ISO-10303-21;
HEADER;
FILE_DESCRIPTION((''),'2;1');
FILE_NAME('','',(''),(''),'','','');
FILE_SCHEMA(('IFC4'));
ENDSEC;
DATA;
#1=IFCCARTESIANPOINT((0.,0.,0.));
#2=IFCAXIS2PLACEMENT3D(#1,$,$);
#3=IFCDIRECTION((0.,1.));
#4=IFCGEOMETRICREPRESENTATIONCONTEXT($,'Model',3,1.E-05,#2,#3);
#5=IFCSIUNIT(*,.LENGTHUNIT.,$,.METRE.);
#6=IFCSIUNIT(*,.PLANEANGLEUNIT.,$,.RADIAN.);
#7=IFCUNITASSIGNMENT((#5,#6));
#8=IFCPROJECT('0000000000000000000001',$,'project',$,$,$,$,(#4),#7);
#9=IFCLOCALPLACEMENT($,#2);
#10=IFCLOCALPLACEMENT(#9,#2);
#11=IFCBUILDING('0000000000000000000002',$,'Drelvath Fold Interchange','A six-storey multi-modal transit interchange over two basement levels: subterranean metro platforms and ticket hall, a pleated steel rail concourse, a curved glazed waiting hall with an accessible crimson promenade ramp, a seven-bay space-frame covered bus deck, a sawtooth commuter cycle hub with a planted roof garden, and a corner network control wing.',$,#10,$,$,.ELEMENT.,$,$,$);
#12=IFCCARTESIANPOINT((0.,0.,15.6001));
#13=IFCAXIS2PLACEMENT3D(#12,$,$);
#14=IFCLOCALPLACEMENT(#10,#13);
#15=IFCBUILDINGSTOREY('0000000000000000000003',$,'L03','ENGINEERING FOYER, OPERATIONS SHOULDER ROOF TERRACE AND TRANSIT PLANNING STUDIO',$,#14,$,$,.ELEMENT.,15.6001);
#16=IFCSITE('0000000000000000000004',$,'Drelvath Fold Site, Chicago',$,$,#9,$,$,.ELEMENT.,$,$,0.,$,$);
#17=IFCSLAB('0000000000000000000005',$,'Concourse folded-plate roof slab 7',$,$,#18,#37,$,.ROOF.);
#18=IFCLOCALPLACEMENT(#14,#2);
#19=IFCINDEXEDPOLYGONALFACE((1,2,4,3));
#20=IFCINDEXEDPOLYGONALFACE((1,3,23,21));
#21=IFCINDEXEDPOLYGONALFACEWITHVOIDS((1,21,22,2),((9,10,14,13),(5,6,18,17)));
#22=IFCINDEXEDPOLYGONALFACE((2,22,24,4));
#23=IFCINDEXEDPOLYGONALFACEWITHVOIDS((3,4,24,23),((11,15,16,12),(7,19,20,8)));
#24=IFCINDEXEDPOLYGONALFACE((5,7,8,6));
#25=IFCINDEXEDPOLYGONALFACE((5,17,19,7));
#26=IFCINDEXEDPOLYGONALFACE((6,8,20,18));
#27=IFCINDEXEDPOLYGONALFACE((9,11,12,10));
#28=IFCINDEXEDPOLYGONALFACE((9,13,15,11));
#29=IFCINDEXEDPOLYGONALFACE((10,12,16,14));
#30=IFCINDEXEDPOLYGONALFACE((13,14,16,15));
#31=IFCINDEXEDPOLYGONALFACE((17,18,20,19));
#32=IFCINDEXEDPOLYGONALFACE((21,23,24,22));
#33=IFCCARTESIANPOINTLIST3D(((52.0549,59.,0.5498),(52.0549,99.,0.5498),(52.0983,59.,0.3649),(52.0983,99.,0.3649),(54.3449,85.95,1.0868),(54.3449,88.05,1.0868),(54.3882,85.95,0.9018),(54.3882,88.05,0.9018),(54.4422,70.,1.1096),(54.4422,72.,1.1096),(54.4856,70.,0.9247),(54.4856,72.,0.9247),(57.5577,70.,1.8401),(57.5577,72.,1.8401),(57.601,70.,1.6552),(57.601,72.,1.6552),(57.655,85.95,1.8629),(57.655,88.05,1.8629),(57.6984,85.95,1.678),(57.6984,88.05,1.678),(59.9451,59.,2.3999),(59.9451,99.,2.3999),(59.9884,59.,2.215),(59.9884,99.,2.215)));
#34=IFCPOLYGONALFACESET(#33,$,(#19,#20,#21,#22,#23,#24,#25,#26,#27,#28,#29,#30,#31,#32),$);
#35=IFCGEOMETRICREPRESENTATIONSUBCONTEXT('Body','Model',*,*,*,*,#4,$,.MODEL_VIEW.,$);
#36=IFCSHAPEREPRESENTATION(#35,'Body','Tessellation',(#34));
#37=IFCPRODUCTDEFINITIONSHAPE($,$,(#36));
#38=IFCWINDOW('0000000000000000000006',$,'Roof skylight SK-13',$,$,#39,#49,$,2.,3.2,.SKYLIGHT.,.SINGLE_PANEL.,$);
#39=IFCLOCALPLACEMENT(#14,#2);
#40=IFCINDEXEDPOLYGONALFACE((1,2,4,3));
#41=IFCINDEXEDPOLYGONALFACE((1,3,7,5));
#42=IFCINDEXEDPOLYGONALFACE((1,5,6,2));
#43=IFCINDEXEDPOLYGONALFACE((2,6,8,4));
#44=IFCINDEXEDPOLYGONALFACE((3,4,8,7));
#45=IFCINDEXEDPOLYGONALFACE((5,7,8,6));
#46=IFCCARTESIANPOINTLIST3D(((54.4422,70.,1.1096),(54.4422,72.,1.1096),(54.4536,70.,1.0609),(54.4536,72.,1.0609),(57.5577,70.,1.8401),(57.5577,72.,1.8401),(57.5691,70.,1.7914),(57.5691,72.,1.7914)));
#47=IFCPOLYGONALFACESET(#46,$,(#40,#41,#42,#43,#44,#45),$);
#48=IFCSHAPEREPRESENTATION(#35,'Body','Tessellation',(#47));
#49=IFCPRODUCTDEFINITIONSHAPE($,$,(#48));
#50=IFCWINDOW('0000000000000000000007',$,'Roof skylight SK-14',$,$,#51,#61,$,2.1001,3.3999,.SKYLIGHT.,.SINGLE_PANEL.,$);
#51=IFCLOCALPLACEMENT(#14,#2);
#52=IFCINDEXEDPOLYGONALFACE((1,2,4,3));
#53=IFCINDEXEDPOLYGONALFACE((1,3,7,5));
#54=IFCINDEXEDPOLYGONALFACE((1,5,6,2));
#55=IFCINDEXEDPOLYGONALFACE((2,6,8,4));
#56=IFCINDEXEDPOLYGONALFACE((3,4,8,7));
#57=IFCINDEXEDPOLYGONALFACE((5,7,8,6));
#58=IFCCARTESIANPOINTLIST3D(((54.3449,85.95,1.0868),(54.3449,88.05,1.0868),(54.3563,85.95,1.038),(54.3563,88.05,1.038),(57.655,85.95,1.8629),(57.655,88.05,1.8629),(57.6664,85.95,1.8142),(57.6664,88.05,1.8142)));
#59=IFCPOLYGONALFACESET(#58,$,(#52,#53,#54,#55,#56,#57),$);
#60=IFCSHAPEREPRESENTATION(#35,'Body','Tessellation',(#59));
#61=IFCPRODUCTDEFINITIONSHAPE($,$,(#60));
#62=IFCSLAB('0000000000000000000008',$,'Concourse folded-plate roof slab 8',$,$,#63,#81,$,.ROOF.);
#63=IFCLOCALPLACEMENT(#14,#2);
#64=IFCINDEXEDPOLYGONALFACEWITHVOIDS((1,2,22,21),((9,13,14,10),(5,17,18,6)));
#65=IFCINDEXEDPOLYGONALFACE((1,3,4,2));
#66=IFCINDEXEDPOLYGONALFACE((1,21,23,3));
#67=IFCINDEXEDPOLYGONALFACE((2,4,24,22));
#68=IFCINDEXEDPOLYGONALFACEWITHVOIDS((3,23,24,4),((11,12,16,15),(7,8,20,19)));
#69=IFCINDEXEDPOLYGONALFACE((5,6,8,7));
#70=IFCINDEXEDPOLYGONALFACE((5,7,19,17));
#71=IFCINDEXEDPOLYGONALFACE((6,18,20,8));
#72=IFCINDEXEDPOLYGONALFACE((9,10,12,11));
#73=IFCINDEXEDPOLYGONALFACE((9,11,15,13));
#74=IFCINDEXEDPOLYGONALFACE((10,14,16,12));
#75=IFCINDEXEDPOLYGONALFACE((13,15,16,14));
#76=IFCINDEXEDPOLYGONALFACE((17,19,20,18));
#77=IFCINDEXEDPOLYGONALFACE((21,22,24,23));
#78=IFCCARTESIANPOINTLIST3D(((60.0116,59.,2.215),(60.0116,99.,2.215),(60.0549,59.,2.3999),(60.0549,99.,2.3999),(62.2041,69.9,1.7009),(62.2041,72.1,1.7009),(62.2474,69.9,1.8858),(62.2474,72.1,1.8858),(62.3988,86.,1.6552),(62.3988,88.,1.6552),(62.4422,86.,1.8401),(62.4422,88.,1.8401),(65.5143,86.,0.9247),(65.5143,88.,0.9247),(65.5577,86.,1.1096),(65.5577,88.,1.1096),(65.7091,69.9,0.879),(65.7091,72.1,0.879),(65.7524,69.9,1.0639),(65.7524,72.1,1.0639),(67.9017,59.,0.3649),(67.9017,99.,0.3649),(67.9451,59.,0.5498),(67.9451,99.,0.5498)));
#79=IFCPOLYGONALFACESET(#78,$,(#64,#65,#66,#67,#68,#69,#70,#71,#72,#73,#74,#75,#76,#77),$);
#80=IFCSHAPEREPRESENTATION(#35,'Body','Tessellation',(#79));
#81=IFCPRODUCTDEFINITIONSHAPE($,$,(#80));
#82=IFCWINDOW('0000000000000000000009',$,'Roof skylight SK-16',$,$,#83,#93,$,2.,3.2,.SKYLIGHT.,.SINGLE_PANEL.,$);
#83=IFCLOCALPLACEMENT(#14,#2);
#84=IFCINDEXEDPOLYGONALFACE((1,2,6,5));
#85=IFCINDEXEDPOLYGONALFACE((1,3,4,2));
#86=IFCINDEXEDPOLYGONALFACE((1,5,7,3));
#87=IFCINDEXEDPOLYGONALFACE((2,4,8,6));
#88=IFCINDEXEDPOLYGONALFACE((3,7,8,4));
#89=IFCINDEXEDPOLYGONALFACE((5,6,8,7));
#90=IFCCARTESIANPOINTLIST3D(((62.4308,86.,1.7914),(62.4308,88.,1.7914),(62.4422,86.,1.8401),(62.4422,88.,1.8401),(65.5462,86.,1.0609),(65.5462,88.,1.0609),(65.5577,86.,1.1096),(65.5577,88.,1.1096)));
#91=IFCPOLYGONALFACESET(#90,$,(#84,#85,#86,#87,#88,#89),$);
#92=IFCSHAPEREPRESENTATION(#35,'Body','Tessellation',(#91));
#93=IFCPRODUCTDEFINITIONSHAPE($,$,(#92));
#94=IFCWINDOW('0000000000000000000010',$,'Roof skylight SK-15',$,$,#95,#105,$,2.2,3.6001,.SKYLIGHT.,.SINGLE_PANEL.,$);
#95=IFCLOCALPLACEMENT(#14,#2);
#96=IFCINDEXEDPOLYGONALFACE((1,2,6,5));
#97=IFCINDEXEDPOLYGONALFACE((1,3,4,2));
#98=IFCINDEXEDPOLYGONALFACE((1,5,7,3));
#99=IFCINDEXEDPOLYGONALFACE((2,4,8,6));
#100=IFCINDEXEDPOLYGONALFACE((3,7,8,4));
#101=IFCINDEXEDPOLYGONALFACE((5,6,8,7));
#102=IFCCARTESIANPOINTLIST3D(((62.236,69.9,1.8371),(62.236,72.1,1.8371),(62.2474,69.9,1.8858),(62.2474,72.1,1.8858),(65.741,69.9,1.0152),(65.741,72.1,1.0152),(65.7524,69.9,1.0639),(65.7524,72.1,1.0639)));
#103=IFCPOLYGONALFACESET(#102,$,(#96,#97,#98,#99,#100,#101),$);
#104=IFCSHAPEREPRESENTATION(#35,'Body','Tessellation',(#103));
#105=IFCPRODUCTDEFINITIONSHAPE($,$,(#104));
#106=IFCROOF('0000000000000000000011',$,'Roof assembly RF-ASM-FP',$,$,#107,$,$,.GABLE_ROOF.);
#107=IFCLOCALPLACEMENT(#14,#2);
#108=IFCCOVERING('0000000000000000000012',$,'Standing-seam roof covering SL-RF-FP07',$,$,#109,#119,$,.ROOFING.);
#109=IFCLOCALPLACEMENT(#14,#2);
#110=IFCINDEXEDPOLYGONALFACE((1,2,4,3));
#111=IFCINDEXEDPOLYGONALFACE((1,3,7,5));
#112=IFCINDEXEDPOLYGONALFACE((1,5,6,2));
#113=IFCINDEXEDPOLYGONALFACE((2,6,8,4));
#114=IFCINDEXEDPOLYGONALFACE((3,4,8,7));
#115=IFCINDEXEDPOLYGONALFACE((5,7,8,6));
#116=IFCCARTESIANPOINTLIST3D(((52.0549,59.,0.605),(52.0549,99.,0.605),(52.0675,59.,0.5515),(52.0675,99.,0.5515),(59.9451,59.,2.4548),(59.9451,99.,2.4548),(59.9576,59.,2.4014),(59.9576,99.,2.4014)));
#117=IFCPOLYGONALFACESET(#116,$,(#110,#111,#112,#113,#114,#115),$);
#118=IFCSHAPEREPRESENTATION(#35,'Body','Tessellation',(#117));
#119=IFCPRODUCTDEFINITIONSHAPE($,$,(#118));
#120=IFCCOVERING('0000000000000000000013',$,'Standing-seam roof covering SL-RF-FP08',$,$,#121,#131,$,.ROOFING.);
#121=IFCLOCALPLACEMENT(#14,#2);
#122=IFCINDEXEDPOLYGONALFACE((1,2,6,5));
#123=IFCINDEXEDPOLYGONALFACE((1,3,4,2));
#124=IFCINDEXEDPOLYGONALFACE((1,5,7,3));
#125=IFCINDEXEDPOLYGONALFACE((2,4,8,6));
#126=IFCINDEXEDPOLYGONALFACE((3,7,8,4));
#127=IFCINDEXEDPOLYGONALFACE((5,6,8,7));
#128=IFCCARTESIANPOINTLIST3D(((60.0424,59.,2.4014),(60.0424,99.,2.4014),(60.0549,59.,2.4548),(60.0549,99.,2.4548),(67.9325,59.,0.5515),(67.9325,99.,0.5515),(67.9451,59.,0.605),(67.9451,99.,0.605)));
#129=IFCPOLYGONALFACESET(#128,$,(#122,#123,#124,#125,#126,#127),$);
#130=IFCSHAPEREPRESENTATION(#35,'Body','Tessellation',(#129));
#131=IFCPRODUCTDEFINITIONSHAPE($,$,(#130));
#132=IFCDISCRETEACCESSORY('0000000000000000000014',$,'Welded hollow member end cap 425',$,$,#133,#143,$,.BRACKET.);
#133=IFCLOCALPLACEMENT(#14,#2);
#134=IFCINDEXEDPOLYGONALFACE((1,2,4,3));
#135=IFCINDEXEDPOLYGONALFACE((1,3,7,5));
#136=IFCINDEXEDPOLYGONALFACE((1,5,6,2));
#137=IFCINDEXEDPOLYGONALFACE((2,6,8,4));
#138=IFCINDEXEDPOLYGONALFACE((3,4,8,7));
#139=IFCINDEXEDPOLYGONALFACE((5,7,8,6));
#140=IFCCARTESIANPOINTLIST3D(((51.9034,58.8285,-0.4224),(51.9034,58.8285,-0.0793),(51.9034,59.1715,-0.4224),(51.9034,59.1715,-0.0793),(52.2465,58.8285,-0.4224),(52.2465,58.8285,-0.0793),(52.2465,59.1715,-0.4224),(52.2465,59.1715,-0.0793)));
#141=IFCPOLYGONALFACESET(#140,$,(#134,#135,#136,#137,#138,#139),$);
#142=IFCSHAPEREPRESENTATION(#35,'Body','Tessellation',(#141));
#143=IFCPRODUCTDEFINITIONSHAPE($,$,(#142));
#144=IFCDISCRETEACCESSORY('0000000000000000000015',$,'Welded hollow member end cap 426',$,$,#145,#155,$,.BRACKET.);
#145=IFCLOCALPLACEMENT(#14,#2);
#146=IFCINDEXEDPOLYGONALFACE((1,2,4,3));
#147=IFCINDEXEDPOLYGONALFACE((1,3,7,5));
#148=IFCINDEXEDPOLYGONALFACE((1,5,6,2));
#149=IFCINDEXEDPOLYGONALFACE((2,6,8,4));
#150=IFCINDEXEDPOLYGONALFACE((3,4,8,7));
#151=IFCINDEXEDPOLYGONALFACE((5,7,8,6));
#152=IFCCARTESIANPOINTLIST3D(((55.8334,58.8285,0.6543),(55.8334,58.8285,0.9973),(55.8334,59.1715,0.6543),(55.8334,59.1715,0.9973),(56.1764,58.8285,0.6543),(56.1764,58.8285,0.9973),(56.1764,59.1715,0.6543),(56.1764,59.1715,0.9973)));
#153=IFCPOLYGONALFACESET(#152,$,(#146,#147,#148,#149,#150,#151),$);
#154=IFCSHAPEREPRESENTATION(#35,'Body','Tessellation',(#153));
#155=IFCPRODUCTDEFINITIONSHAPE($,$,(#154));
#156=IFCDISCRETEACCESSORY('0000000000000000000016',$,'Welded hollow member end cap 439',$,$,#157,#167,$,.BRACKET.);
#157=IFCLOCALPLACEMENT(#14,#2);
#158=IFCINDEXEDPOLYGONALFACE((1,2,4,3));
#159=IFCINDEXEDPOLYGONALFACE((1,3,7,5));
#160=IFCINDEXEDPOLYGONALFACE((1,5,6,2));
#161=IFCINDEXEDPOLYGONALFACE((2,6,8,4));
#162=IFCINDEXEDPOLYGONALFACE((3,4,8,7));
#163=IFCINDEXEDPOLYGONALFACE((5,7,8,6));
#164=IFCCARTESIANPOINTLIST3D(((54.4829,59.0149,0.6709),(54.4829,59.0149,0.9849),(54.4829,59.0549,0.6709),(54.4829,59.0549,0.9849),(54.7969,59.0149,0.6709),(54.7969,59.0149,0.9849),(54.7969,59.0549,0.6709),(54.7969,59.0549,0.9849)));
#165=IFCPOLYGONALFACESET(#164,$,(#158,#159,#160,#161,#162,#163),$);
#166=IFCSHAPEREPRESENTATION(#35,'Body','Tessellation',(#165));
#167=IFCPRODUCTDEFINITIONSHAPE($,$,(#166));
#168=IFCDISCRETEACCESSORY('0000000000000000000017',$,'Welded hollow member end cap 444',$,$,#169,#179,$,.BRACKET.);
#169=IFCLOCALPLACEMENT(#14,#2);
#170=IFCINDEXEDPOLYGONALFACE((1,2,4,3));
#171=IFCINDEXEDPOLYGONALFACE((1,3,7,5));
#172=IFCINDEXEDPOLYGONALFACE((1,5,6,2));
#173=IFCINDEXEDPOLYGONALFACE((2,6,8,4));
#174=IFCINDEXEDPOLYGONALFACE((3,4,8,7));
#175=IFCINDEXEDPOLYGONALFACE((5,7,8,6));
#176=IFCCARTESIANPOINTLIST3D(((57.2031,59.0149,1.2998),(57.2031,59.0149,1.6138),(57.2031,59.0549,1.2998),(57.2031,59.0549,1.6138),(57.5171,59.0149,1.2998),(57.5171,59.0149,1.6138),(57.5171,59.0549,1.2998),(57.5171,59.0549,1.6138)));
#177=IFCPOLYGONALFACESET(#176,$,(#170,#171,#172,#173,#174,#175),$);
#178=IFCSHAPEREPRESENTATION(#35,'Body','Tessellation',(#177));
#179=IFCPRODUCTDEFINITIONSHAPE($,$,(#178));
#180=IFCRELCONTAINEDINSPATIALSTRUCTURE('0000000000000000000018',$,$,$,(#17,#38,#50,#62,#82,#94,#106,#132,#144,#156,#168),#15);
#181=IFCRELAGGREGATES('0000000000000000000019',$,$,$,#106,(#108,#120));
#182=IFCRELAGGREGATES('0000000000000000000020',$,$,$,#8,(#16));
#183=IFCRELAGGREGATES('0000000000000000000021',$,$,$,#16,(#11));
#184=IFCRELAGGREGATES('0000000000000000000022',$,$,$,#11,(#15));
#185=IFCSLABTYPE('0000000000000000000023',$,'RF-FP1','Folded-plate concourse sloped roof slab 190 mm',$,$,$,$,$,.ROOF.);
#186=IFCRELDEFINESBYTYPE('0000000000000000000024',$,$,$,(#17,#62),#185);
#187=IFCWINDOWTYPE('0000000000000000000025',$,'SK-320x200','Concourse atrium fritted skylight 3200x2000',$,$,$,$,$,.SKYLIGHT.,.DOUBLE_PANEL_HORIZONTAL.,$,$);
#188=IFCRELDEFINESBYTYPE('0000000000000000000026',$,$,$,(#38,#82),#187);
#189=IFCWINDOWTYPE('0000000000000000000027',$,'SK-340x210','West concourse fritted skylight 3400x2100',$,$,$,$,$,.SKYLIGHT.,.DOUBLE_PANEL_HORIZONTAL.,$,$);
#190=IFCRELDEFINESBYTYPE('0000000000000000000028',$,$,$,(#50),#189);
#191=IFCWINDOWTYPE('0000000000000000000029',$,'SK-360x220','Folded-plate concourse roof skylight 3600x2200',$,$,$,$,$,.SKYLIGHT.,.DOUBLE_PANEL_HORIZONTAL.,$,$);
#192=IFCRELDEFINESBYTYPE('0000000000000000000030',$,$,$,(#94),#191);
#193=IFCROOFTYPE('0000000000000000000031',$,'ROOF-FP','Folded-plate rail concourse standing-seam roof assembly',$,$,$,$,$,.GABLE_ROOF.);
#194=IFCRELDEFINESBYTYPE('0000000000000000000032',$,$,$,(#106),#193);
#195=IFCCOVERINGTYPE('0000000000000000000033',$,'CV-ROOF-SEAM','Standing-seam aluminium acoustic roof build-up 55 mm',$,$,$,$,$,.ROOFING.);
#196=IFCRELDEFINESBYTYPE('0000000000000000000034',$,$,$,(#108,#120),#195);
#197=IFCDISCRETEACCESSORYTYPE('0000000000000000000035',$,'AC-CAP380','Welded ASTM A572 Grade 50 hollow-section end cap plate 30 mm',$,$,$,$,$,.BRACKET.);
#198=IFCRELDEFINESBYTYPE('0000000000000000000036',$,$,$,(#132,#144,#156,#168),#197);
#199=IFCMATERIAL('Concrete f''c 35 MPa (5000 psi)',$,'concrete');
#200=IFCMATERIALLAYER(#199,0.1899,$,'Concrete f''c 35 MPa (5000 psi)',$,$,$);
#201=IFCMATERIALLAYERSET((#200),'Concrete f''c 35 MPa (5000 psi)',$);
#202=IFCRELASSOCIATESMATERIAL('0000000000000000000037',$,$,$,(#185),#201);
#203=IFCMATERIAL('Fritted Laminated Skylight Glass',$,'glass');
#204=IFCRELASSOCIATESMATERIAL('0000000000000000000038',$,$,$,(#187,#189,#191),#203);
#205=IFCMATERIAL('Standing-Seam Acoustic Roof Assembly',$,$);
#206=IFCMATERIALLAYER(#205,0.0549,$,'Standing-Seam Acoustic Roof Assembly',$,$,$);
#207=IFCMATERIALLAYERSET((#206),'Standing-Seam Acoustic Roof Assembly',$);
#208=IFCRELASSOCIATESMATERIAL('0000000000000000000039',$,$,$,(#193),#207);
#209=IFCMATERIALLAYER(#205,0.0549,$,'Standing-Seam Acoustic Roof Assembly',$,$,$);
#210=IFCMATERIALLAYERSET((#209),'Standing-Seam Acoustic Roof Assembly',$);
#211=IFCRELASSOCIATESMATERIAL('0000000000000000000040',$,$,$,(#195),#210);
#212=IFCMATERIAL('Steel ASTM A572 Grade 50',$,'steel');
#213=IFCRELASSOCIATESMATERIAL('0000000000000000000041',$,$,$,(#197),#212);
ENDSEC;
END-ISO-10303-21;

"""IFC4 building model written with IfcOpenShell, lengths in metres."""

from ifc_helpers import new_model, si_unit, direction, frame, origin, origin_2d, place, context, subcontext, project, spatial, polyline, rectangle, outline, extrude, material, layer, layer_set, type_object, element, fill, aggregate, save


model = new_model("IFC4")

# Units and contexts
model_context = context("Model", 3, precision=1e-05, world=origin(), true_north=direction((0.0, 1.0)))
body_context = subcontext(model_context, "Body", "Model", "MODEL_VIEW")
ifc_project = project(units=[si_unit("LENGTHUNIT", "METRE"), si_unit("PLANEANGLEUNIT", "RADIAN")], contexts=[model_context])

# Site, building, storey
site_placement = place(None, origin())
site = spatial("IfcSite", under=ifc_project, at=site_placement, Name="Drelvath Fold Site, Chicago", CompositionType="ELEMENT", RefElevation=0.0)
building_placement = place(site_placement, origin())
building = spatial("IfcBuilding", under=site, at=building_placement, Name="Drelvath Fold Interchange", Description="A six-storey multi-modal transit interchange over two basement levels: subterranean metro platforms and ticket hall, a pleated steel rail concourse, a curved glazed waiting hall with an accessible crimson promenade ramp, a seven-bay space-frame covered bus deck, a sawtooth commuter cycle hub with a planted roof garden, and a corner network control wing.", CompositionType="ELEMENT")
storey_placement = place(building_placement, frame((0.0, 0.0, 15.6001)))
storey = spatial("IfcBuildingStorey", under=building, at=storey_placement, Name="L03", Description="ENGINEERING FOYER, OPERATIONS SHOULDER ROOF TERRACE AND TRANSIT PLANNING STUDIO", CompositionType="ELEMENT", Elevation=15.6001)

# Slabs, openings, windows
ifc_material_1 = material(Name="Concrete f'c 35 MPa (5000 psi)", Category="concrete")
ifc_layer_1 = layer(ifc_material_1, 0.1899, Name="Concrete f'c 35 MPa (5000 psi)")
ifc_layer_set_1 = layer_set([ifc_layer_1], Name="Concrete f'c 35 MPa (5000 psi)")
slab_type = type_object("IfcSlabType", Name="RF-FP1", Description="Folded-plate concourse sloped roof slab 190 mm", PredefinedType="ROOF", material=ifc_layer_set_1)
slab_1_placement = place(storey_placement, frame((52.0549, 59.0, 0.5498), z_axis=(-0.22829, 0.0, 0.973593), x_axis=(0.973593, 0.0, 0.22829)))
slab_1 = element("IfcSlab", 1, at=slab_1_placement, inside=storey, type_object=slab_type, Name="Concourse folded-plate roof slab 7", PredefinedType="ROOF", context=body_context, shape_type="SweptSolid", body=[
    extrude(outline(polyline([(0.0, 0.0), (8.1041, 0.0), (8.1041, 40.0), (0.0, 40.0), (0.0, 0.0)])), origin(), (0.0, 0.0, -1.0), 0.1899),
])
opening_1_placement = place(slab_1_placement, frame((4.052, 12.0, 0.01)))
opening_1 = element("IfcOpeningElement", 2, at=opening_1_placement, cuts=slab_1, PredefinedType="OPENING", context=body_context, shape_type="SweptSolid", body=[
    extrude(rectangle(XDim=3.2, YDim=2.0, at=origin_2d()), origin(), (0.0, 0.0, -1.0), 0.21),
])
opening_2_placement = place(slab_1_placement, frame((4.052, 28.0, 0.01)))
opening_2 = element("IfcOpeningElement", 3, at=opening_2_placement, cuts=slab_1, PredefinedType="OPENING", context=body_context, shape_type="SweptSolid", body=[
    extrude(rectangle(XDim=3.3999, YDim=2.1001, at=origin_2d()), origin(), (0.0, 0.0, -1.0), 0.21),
])
ifc_material_2 = material(Name="Fritted Laminated Skylight Glass", Category="glass")
window_type_1 = type_object("IfcWindowType", Name="SK-320x200", Description="Concourse atrium fritted skylight 3200x2000", PartitioningType="DOUBLE_PANEL_HORIZONTAL", PredefinedType="SKYLIGHT", material=ifc_material_2)
window_1_placement = place(slab_1_placement, frame((4.052, 12.0, 0.0)))
window_1 = element("IfcWindow", 4, at=window_1_placement, inside=storey, type_object=window_type_1, Name="Roof skylight SK-13", OverallHeight=2.0, OverallWidth=3.2, PartitioningType="SINGLE_PANEL", PredefinedType="SKYLIGHT", context=body_context, shape_type="SweptSolid", body=[
    extrude(rectangle(XDim=3.2, YDim=2.0, at=origin_2d()), origin(), (0.0, 0.0, -1.0), 0.05),
])
fill(opening_1, window_1)
window_type_2 = type_object("IfcWindowType", Name="SK-340x210", Description="West concourse fritted skylight 3400x2100", PartitioningType="DOUBLE_PANEL_HORIZONTAL", PredefinedType="SKYLIGHT", material=ifc_material_2)
window_2_placement = place(slab_1_placement, frame((4.052, 28.0, 0.0)))
window_2 = element("IfcWindow", 5, at=window_2_placement, inside=storey, type_object=window_type_2, Name="Roof skylight SK-14", OverallHeight=2.1001, OverallWidth=3.3999, PartitioningType="SINGLE_PANEL", PredefinedType="SKYLIGHT", context=body_context, shape_type="SweptSolid", body=[
    extrude(rectangle(XDim=3.3999, YDim=2.1001, at=origin_2d()), origin(), (0.0, 0.0, -1.0), 0.05),
])
fill(opening_2, window_2)
slab_2_placement = place(storey_placement, frame((60.0549, 59.0, 2.3999), z_axis=(0.22829, 0.0, 0.973593), x_axis=(0.973593, 0.0, -0.22829)))
slab_2 = element("IfcSlab", 6, at=slab_2_placement, inside=storey, type_object=slab_type, Name="Concourse folded-plate roof slab 8", PredefinedType="ROOF", context=body_context, shape_type="SweptSolid", body=[
    extrude(outline(polyline([(0.0, 0.0), (8.1041, 0.0), (8.1041, 40.0), (0.0, 40.0), (0.0, 0.0)])), origin(), (0.0, 0.0, -1.0), 0.1899),
])
opening_3_placement = place(slab_2_placement, frame((4.052, 12.0, 0.01)))
opening_3 = element("IfcOpeningElement", 7, at=opening_3_placement, cuts=slab_2, PredefinedType="OPENING", context=body_context, shape_type="SweptSolid", body=[
    extrude(rectangle(XDim=3.6001, YDim=2.2, at=origin_2d()), origin(), (0.0, 0.0, -1.0), 0.21),
])
opening_4_placement = place(slab_2_placement, frame((4.052, 28.0, 0.01)))
opening_4 = element("IfcOpeningElement", 8, at=opening_4_placement, cuts=slab_2, PredefinedType="OPENING", context=body_context, shape_type="SweptSolid", body=[
    extrude(rectangle(XDim=3.2, YDim=2.0, at=origin_2d()), origin(), (0.0, 0.0, -1.0), 0.21),
])
window_3_placement = place(slab_2_placement, frame((4.052, 28.0, 0.0)))
window_3 = element("IfcWindow", 9, at=window_3_placement, inside=storey, type_object=window_type_1, Name="Roof skylight SK-16", OverallHeight=2.0, OverallWidth=3.2, PartitioningType="SINGLE_PANEL", PredefinedType="SKYLIGHT", context=body_context, shape_type="SweptSolid", body=[
    extrude(rectangle(XDim=3.2, YDim=2.0, at=origin_2d()), origin(), (0.0, 0.0, -1.0), 0.05),
])
fill(opening_4, window_3)
window_type_3 = type_object("IfcWindowType", Name="SK-360x220", Description="Folded-plate concourse roof skylight 3600x2200", PartitioningType="DOUBLE_PANEL_HORIZONTAL", PredefinedType="SKYLIGHT", material=ifc_material_2)
window_4_placement = place(slab_2_placement, frame((4.052, 12.0, 0.0)))
window_4 = element("IfcWindow", 10, at=window_4_placement, inside=storey, type_object=window_type_3, Name="Roof skylight SK-15", OverallHeight=2.2, OverallWidth=3.6001, PartitioningType="SINGLE_PANEL", PredefinedType="SKYLIGHT", context=body_context, shape_type="SweptSolid", body=[
    extrude(rectangle(XDim=3.6001, YDim=2.2, at=origin_2d()), origin(), (0.0, 0.0, -1.0), 0.05),
])
fill(opening_3, window_4)

# Roof, coverings
ifc_material_3 = material(Name="Standing-Seam Acoustic Roof Assembly")
ifc_layer_2 = layer(ifc_material_3, 0.0549, Name="Standing-Seam Acoustic Roof Assembly")
ifc_layer_set_2 = layer_set([ifc_layer_2], Name="Standing-Seam Acoustic Roof Assembly")
roof_type = type_object("IfcRoofType", Name="ROOF-FP", Description="Folded-plate rail concourse standing-seam roof assembly", PredefinedType="GABLE_ROOF", material=ifc_layer_set_2)
roof_placement = place(storey_placement, origin())
roof = element("IfcRoof", 11, at=roof_placement, inside=storey, type_object=roof_type, Name="Roof assembly RF-ASM-FP", PredefinedType="GABLE_ROOF")
ifc_layer_3 = layer(ifc_material_3, 0.0549, Name="Standing-Seam Acoustic Roof Assembly")
ifc_layer_set_3 = layer_set([ifc_layer_3], Name="Standing-Seam Acoustic Roof Assembly")
covering_type = type_object("IfcCoveringType", Name="CV-ROOF-SEAM", Description="Standing-seam aluminium acoustic roof build-up 55 mm", PredefinedType="ROOFING", material=ifc_layer_set_3)
covering_1_placement = place(storey_placement, frame((52.0549, 59.0, 0.605), z_axis=(-0.228262, 0.0, 0.9736), x_axis=(0.9736, 0.0, 0.228262)))
covering_1 = element("IfcCovering", 12, at=covering_1_placement, type_object=covering_type, Name="Standing-seam roof covering SL-RF-FP07", PredefinedType="ROOFING", context=body_context, shape_type="SweptSolid", body=[
    extrude(outline(polyline([(0.0, 0.0), (8.1041, 0.0), (8.1041, 40.0), (0.0, 40.0), (0.0, 0.0)])), origin(), (0.0, 0.0, -1.0), 0.0549),
])
covering_2_placement = place(storey_placement, frame((60.0549, 59.0, 2.4548), z_axis=(0.228262, 0.0, 0.9736), x_axis=(0.9736, 0.0, -0.228262)))
covering_2 = element("IfcCovering", 13, at=covering_2_placement, type_object=covering_type, Name="Standing-seam roof covering SL-RF-FP08", PredefinedType="ROOFING", context=body_context, shape_type="SweptSolid", body=[
    extrude(outline(polyline([(0.0, 0.0), (8.1041, 0.0), (8.1041, 40.0), (0.0, 40.0), (0.0, 0.0)])), origin(), (0.0, 0.0, -1.0), 0.0549),
])
aggregate(roof, [covering_1, covering_2])

# Discrete accessories
ifc_material_4 = material(Name="Steel ASTM A572 Grade 50", Category="steel")
discrete_accessory_type = type_object("IfcDiscreteAccessoryType", Name="AC-CAP380", Description="Welded ASTM A572 Grade 50 hollow-section end cap plate 30 mm", PredefinedType="BRACKET", material=ifc_material_4)
for number, where, z_axis, x_axis, name in (
    (14, (52.075, 59.0, -0.4224), (0.0, 0.0, 1.0), (1.0, 0.0, 0.0), "Welded hollow member end cap 425"),
    (15, (56.0049, 59.0, 0.6543), (0.0, 0.0, 1.0), (1.0, 0.0, 0.0), "Welded hollow member end cap 426"),
):
    element("IfcDiscreteAccessory", number, at=place(storey_placement, frame(where, z_axis=z_axis, x_axis=x_axis)), inside=storey, type_object=discrete_accessory_type, Name=name, PredefinedType="BRACKET", context=body_context, shape_type="SweptSolid", body=[
        extrude(rectangle(XDim=0.343, YDim=0.343, at=origin_2d()), origin(), (0.0, 0.0, 1.0), 0.343),
    ])
for number, where, z_axis, x_axis, name in (
    (16, (54.6399, 59.0349, 0.6709), (0.0, 0.0, 1.0), (1.0, 0.0, 0.0), "Welded hollow member end cap 439"),
    (17, (57.3601, 59.0349, 1.2998), (0.0, 0.0, 1.0), (1.0, 0.0, 0.0), "Welded hollow member end cap 444"),
):
    element("IfcDiscreteAccessory", number, at=place(storey_placement, frame(where, z_axis=z_axis, x_axis=x_axis)), inside=storey, type_object=discrete_accessory_type, Name=name, PredefinedType="BRACKET", context=body_context, shape_type="SweptSolid", body=[
        extrude(rectangle(XDim=0.314, YDim=0.04, at=origin_2d()), origin(), (0.0, 0.0, 1.0), 0.314),
    ])

save(model, "model.ifc")
